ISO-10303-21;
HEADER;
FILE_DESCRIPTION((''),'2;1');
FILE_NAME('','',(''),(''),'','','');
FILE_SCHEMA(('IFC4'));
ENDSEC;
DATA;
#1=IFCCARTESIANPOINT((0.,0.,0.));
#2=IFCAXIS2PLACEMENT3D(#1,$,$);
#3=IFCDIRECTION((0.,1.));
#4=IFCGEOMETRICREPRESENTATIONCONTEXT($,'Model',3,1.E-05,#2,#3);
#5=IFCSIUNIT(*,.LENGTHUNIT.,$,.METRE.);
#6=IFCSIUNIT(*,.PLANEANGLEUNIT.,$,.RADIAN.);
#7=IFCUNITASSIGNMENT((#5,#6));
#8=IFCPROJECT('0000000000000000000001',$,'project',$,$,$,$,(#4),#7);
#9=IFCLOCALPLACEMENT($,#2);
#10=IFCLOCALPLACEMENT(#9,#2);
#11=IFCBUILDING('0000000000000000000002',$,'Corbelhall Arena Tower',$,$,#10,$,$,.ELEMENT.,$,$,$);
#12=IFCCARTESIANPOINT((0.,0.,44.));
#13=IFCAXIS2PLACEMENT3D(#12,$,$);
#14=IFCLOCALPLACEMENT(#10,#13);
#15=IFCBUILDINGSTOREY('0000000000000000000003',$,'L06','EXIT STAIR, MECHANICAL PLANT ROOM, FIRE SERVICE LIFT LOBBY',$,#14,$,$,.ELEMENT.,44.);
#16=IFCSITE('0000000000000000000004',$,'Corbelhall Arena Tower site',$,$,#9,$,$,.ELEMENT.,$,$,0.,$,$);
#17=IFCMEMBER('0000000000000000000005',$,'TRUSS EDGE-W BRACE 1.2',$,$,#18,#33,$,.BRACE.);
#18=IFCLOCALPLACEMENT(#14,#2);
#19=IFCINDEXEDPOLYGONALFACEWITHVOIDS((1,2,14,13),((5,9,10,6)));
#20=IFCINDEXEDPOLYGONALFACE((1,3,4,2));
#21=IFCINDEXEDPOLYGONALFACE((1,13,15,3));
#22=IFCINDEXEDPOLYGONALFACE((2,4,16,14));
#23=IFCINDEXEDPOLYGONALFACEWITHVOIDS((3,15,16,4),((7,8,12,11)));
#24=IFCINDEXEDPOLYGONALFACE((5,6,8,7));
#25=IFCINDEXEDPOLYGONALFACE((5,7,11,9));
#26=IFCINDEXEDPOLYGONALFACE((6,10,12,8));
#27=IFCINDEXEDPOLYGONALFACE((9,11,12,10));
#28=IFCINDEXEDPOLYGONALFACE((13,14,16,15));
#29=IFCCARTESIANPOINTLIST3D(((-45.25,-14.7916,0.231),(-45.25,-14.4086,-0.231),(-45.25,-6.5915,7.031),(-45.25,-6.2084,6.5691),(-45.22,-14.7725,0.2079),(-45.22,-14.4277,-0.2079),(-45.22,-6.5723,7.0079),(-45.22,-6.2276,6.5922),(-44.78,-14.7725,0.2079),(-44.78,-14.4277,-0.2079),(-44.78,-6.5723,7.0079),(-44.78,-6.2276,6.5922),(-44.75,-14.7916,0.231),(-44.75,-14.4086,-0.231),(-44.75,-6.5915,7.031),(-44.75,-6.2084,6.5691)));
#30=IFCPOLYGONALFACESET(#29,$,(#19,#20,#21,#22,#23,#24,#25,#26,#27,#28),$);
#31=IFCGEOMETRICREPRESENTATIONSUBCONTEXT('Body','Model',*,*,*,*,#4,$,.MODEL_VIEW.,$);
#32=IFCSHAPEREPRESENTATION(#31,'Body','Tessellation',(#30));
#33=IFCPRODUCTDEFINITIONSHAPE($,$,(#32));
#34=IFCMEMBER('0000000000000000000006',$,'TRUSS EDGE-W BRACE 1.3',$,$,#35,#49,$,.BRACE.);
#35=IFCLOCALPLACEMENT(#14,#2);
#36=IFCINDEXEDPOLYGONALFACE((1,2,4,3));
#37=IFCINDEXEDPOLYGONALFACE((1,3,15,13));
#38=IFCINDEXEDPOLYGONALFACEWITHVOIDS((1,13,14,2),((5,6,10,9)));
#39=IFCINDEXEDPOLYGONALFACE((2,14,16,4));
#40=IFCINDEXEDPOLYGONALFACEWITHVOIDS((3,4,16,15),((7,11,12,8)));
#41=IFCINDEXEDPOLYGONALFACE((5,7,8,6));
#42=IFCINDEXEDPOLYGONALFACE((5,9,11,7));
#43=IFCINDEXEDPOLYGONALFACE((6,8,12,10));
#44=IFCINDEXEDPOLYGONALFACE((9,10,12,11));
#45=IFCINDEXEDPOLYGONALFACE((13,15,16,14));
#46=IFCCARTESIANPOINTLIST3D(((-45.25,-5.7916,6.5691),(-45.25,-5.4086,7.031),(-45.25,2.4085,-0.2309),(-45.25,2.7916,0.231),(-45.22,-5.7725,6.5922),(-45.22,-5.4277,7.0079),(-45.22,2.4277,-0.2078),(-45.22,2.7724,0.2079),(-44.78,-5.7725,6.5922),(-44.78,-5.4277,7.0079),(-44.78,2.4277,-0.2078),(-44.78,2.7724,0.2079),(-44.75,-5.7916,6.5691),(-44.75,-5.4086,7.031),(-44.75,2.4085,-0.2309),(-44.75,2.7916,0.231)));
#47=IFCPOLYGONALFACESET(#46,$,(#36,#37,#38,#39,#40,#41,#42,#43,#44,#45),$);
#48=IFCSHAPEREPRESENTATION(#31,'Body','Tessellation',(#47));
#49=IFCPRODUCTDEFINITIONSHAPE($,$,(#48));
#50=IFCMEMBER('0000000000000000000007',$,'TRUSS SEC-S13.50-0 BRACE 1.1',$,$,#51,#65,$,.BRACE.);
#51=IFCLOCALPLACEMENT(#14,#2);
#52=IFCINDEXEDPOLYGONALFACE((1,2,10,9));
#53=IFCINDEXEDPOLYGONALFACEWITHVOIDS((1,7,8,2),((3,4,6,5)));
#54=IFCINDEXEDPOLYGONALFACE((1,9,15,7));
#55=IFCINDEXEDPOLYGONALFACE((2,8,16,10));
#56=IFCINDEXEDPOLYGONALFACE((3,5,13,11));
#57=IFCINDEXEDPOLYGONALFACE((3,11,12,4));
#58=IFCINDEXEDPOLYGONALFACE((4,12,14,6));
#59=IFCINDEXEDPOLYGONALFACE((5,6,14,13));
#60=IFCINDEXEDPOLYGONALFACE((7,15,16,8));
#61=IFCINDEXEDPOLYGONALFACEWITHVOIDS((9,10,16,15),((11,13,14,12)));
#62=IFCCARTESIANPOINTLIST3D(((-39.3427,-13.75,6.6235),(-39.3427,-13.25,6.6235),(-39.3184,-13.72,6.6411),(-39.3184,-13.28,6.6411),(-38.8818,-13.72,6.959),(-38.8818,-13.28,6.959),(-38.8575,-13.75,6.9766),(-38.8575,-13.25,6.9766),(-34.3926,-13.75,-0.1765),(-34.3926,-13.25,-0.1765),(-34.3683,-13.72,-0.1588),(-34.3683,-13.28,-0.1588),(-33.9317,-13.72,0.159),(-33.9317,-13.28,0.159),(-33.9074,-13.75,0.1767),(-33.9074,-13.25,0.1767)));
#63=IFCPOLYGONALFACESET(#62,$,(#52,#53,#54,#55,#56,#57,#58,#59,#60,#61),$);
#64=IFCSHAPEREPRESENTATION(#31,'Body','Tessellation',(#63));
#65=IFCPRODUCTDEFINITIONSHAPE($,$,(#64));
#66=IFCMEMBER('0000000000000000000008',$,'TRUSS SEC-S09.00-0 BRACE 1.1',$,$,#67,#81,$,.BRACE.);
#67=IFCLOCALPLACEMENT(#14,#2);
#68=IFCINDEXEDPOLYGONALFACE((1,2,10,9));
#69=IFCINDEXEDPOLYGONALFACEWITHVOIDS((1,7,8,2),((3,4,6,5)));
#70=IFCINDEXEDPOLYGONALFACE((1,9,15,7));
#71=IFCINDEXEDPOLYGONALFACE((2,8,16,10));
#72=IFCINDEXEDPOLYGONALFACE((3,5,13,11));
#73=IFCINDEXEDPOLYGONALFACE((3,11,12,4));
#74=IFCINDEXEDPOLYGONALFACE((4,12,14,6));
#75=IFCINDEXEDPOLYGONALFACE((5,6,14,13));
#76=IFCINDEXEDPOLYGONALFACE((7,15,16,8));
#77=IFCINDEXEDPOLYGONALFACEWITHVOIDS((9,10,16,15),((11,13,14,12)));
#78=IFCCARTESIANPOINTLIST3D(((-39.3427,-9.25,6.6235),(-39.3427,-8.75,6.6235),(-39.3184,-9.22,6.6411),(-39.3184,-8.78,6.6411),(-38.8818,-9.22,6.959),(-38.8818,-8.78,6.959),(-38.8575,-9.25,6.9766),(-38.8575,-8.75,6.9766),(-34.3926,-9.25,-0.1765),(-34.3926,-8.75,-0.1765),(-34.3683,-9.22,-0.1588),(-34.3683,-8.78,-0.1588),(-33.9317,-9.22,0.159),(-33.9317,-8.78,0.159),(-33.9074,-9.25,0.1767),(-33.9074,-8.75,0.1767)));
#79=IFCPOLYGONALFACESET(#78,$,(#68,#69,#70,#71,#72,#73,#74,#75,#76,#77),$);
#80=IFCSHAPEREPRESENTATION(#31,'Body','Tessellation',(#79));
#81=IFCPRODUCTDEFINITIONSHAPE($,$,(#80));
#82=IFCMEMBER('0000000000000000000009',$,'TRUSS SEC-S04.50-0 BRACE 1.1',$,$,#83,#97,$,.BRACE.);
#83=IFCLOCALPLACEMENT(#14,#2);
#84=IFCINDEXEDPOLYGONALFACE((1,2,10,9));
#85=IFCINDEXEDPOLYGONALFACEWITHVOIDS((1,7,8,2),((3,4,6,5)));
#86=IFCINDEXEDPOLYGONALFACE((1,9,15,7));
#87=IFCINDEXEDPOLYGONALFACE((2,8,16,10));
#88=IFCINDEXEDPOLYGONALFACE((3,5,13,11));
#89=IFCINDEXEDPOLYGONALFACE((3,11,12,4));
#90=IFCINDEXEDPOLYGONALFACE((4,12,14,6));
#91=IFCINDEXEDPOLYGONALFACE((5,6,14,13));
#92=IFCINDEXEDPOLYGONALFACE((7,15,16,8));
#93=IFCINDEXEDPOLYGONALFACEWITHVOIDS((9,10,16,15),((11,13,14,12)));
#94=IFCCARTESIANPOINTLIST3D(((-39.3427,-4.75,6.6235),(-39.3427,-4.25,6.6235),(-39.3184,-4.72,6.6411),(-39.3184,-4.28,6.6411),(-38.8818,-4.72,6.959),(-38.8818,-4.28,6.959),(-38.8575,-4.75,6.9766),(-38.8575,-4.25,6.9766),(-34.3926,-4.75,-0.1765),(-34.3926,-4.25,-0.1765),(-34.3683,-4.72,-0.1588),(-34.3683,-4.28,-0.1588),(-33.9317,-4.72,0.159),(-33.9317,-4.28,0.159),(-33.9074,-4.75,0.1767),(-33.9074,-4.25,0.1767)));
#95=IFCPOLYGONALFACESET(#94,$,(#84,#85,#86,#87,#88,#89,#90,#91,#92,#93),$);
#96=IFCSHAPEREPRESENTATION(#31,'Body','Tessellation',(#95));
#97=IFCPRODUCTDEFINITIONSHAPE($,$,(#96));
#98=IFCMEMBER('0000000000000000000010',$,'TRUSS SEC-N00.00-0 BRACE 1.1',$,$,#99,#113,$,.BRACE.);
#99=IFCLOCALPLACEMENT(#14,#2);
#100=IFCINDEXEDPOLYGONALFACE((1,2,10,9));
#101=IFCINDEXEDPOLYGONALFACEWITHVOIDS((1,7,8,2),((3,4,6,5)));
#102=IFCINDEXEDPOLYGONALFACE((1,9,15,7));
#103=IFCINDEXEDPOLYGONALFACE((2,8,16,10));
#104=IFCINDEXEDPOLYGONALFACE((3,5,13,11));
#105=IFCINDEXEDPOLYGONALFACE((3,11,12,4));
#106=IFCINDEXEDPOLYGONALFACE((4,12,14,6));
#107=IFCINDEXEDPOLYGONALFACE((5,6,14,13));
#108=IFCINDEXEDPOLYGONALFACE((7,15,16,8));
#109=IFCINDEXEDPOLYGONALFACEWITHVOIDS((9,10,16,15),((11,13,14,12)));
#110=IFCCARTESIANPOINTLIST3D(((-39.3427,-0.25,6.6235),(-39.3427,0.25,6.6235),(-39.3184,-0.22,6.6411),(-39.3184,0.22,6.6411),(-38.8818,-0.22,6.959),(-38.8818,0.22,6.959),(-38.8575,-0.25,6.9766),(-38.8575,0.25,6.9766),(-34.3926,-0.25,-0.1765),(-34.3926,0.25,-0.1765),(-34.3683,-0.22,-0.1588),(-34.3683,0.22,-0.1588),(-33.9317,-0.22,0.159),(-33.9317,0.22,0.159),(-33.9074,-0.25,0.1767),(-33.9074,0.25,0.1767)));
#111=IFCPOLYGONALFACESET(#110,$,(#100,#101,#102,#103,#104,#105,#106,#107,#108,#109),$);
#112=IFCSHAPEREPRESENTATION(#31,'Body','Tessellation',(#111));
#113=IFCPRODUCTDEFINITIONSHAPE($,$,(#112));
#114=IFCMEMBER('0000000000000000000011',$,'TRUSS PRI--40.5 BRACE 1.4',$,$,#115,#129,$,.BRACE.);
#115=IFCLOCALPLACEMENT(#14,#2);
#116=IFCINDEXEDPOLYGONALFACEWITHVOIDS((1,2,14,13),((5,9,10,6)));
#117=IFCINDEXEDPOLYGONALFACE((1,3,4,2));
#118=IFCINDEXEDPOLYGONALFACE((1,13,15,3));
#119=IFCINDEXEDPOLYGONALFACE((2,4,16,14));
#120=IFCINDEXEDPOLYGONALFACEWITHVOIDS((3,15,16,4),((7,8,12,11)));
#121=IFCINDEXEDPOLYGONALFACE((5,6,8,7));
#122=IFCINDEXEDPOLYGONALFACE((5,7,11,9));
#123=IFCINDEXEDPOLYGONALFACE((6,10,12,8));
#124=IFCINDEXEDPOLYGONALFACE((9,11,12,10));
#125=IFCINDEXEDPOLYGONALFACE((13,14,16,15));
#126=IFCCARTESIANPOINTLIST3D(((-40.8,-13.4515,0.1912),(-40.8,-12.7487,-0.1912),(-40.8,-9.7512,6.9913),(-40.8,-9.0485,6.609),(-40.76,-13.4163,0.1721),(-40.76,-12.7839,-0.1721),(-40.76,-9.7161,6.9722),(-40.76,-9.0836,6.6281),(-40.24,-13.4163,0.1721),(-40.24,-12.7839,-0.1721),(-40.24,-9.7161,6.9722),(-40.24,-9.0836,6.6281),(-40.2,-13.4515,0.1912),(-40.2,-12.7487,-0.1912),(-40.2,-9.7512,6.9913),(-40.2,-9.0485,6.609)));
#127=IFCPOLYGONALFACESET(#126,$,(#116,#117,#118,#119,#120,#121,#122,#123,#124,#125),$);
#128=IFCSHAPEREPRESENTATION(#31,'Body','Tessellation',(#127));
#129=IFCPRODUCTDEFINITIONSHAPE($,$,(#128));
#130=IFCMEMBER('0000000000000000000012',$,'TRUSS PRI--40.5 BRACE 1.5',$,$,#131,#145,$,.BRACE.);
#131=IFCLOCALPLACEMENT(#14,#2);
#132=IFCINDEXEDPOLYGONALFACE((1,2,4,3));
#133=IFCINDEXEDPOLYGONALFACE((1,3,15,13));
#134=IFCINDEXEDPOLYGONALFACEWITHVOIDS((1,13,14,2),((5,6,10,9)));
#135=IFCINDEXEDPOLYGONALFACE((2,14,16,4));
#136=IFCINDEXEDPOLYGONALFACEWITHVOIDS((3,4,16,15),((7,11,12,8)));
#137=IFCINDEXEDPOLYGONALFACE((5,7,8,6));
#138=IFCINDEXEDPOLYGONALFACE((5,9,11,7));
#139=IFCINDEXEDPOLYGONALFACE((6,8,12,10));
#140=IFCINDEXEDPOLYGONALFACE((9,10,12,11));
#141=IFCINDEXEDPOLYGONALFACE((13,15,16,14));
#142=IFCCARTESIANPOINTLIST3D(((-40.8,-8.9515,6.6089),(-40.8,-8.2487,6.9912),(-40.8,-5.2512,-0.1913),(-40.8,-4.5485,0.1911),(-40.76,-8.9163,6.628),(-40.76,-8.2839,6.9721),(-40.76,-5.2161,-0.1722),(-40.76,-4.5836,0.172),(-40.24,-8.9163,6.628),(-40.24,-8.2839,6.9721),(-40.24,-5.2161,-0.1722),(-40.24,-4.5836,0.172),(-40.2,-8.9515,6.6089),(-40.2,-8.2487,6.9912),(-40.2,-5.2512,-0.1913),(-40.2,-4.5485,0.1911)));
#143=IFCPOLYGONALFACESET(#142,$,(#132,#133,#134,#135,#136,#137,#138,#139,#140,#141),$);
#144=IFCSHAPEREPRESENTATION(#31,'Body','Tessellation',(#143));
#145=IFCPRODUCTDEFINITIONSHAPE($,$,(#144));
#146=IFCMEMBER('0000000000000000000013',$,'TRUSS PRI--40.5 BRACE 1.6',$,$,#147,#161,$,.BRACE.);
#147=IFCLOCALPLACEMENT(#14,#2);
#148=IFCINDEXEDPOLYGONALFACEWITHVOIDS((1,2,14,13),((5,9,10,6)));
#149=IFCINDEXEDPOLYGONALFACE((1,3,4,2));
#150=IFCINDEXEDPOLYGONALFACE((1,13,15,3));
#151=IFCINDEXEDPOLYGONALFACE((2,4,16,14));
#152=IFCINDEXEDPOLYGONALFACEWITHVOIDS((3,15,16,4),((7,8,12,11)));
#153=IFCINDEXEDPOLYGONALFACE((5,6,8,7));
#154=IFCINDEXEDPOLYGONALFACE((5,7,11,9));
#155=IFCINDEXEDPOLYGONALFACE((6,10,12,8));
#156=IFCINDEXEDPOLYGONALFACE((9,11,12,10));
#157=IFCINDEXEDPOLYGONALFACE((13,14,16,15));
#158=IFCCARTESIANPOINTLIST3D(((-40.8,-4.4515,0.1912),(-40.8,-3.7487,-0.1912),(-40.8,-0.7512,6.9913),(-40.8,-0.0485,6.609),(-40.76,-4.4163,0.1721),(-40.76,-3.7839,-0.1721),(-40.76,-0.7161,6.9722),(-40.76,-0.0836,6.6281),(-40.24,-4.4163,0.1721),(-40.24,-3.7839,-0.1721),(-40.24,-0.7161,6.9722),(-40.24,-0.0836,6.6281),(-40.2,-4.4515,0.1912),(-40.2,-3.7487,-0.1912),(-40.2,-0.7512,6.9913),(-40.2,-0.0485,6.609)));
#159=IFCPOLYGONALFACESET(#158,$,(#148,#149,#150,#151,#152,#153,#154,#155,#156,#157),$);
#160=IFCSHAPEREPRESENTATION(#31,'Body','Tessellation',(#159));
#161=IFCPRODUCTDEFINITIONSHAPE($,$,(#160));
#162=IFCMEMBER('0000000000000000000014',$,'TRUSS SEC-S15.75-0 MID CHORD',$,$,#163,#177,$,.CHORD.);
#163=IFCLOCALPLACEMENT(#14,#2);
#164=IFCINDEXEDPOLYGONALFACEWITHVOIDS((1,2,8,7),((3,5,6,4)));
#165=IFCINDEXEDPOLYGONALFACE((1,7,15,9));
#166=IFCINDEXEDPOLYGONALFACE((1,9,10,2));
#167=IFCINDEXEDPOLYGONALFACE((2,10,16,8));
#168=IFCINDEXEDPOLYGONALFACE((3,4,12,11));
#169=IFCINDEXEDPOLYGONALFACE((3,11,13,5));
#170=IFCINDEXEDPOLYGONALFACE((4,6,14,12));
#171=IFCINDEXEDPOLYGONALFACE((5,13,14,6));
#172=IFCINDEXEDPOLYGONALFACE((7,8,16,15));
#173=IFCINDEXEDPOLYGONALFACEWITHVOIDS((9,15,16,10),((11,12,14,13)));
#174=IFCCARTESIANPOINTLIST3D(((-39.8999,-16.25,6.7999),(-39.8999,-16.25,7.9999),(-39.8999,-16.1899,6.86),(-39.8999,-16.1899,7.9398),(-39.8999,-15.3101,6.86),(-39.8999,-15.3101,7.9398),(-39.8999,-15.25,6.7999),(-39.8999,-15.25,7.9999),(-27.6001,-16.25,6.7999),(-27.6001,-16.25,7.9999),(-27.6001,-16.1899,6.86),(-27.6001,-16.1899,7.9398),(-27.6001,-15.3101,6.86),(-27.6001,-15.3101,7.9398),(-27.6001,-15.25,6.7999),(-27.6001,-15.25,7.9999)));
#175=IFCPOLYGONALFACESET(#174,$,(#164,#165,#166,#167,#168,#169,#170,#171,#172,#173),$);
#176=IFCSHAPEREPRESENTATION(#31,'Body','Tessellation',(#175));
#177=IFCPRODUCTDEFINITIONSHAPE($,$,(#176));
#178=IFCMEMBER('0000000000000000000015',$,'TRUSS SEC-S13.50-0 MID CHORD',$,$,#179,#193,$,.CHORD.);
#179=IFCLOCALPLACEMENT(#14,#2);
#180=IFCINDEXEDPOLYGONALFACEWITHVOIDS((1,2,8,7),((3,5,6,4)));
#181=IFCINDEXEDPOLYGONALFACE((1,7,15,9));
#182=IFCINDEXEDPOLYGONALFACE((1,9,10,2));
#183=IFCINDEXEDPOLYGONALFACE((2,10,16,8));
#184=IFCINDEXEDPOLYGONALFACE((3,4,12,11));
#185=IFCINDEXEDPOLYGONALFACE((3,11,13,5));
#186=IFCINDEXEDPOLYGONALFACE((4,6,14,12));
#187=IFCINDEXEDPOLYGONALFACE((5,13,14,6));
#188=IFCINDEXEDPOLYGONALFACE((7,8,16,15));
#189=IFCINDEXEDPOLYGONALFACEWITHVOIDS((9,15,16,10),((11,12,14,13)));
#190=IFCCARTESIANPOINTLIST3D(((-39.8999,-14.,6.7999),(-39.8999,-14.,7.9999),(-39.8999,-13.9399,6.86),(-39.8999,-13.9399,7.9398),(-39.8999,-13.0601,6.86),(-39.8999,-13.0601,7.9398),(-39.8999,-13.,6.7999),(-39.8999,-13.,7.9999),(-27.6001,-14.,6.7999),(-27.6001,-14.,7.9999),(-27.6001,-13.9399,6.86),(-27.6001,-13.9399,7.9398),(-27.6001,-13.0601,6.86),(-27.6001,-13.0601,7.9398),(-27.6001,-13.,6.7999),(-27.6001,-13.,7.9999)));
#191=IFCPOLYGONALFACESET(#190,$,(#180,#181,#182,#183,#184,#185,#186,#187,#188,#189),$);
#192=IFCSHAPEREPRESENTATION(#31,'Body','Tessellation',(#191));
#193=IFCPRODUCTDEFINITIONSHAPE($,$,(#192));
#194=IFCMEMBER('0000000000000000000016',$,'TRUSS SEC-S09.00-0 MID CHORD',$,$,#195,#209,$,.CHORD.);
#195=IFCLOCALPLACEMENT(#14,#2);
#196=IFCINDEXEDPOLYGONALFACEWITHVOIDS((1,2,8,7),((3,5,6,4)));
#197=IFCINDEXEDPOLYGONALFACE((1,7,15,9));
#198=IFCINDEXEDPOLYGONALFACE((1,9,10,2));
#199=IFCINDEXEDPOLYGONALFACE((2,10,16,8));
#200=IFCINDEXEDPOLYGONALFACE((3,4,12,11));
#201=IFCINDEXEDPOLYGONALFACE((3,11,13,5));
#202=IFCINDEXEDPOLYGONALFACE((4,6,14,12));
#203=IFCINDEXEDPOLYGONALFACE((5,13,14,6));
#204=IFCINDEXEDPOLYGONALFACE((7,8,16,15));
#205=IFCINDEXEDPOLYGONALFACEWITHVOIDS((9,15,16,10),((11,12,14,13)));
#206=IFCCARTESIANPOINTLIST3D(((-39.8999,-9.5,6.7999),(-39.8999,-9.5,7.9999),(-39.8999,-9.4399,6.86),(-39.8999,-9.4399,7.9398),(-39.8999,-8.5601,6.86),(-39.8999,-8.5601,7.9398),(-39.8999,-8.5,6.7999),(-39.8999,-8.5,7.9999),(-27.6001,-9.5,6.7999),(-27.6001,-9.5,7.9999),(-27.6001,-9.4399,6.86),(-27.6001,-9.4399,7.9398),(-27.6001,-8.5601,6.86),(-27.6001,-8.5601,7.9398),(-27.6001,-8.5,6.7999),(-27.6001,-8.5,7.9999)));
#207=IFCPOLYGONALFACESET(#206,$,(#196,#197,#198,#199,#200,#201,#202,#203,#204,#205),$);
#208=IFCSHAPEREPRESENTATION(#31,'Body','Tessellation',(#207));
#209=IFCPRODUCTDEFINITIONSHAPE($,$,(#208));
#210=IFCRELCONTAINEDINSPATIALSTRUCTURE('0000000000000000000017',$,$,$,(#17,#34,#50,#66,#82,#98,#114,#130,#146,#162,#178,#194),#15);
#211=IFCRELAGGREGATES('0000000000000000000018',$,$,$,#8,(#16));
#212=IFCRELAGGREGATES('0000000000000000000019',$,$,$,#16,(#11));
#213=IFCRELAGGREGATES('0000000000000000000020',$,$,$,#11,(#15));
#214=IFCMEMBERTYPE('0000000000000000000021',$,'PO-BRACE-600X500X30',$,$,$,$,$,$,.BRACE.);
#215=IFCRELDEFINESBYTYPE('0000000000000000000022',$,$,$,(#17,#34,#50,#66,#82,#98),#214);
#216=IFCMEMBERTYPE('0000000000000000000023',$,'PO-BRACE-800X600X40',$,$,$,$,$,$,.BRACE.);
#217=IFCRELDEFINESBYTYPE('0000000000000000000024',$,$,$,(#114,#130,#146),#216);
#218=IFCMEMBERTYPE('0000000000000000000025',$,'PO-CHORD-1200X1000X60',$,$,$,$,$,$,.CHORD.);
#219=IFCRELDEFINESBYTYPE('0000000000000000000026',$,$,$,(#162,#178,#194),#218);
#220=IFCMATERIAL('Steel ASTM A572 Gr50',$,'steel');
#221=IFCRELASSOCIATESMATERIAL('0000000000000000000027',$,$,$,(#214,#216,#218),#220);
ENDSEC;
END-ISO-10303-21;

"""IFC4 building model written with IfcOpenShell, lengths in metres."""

from ifc_helpers import new_model, si_unit, direction, frame, origin, origin_2d, place, context, subcontext, project, spatial, hollow_rectangle, extrude, material, material_profile, profile_set, type_object, element, save


model = new_model("IFC4")

# Units and contexts
model_context = context("Model", 3, precision=1e-05, world=origin(), true_north=direction((0.0, 1.0)))
body_context = subcontext(model_context, "Body", "Model", "MODEL_VIEW")
ifc_project = project(units=[si_unit("LENGTHUNIT", "METRE"), si_unit("PLANEANGLEUNIT", "RADIAN")], contexts=[model_context])

# Site, building, storey
site_placement = place(None, origin())
site = spatial("IfcSite", under=ifc_project, at=site_placement, Name="Corbelhall Arena Tower site", CompositionType="ELEMENT", RefElevation=0.0)
building_placement = place(site_placement, origin())
building = spatial("IfcBuilding", under=site, at=building_placement, Name="Corbelhall Arena Tower", CompositionType="ELEMENT")
storey_placement = place(building_placement, frame((0.0, 0.0, 44.0)))
storey = spatial("IfcBuildingStorey", under=building, at=storey_placement, Name="L06", Description="EXIT STAIR, MECHANICAL PLANT ROOM, FIRE SERVICE LIFT LOBBY", CompositionType="ELEMENT", Elevation=44.0)

# Members
ifc_material_1 = material(Name="Steel ASTM A572 Gr50", Category="steel")
ifc_material_profile_1 = material_profile(ifc_material_1, hollow_rectangle(XDim=0.5, YDim=0.6001, WallThickness=0.03, at=origin_2d()))
ifc_profile_set_1 = profile_set([ifc_material_profile_1], Name="Steel ASTM A572 Gr50")
member_type_1 = type_object("IfcMemberType", Name="PO-BRACE-600X500X30", PredefinedType="BRACE", material=ifc_profile_set_1)
for number, where, z_axis, x_axis, name in (
    (1, (-45.0, -14.6001, 0.0), (0.0, 0.769763, 0.63833), (-1.0, 0.0, 0.0), "TRUSS EDGE-W BRACE 1.2"),
    (2, (-45.0, -5.6001, 6.8), (0.0, 0.769763, -0.63833), (-1.0, 0.0, 0.0), "TRUSS EDGE-W BRACE 1.3"),
):
    element("IfcMember", number, at=place(storey_placement, frame(where, z_axis=z_axis, x_axis=x_axis)), inside=storey, type_object=member_type_1, Name=name, PredefinedType="BRACE", context=body_context, shape_type="SweptSolid", body=[
        extrude(hollow_rectangle(XDim=0.5, YDim=0.6001, WallThickness=0.03, at=origin_2d()), origin(), (0.0, 0.0, 1.0), 10.6528),
    ])
for number, where, z_axis, x_axis, name in (
    (3, (-39.1001, -13.5, 6.8), (0.588538, 0.0, -0.80847), (0.0, 1.0, 0.0), "TRUSS SEC-S13.50-0 BRACE 1.1"),
    (4, (-39.1001, -9.0, 6.8), (0.588538, 0.0, -0.80847), (0.0, 1.0, 0.0), "TRUSS SEC-S09.00-0 BRACE 1.1"),
    (5, (-39.1001, -4.5, 6.8), (0.588538, 0.0, -0.80847), (0.0, 1.0, 0.0), "TRUSS SEC-S04.50-0 BRACE 1.1"),
    (6, (-39.1001, 0.0, 6.8), (0.588538, 0.0, -0.80847), (0.0, 1.0, 0.0), "TRUSS SEC-N00.00-0 BRACE 1.1"),
):
    element("IfcMember", number, at=place(storey_placement, frame(where, z_axis=z_axis, x_axis=x_axis)), inside=storey, type_object=member_type_1, Name=name, PredefinedType="BRACE", context=body_context, shape_type="SweptSolid", body=[
        extrude(hollow_rectangle(XDim=0.5, YDim=0.6001, WallThickness=0.03, at=origin_2d()), origin(), (0.0, 0.0, 1.0), 8.4109),
    ])
ifc_material_profile_2 = material_profile(ifc_material_1, hollow_rectangle(XDim=0.6001, YDim=0.8, WallThickness=0.04, at=origin_2d()))
ifc_profile_set_2 = profile_set([ifc_material_profile_2], Name="Steel ASTM A572 Gr50")
member_type_2 = type_object("IfcMemberType", Name="PO-BRACE-800X600X40", PredefinedType="BRACE", material=ifc_profile_set_2)
for number, where, z_axis, x_axis, name in (
    (7, (-40.5, -13.1001, 0.0), (0.0, 0.477964, 0.87838), (-1.0, 0.0, 0.0), "TRUSS PRI--40.5 BRACE 1.4"),
    (8, (-40.5, -8.6001, 6.8), (0.0, 0.477964, -0.87838), (-1.0, 0.0, 0.0), "TRUSS PRI--40.5 BRACE 1.5"),
    (9, (-40.5, -4.1001, 0.0), (0.0, 0.477964, 0.87838), (-1.0, 0.0, 0.0), "TRUSS PRI--40.5 BRACE 1.6"),
):
    element("IfcMember", number, at=place(storey_placement, frame(where, z_axis=z_axis, x_axis=x_axis)), inside=storey, type_object=member_type_2, Name=name, PredefinedType="BRACE", context=body_context, shape_type="SweptSolid", body=[
        extrude(hollow_rectangle(XDim=0.6001, YDim=0.8, WallThickness=0.04, at=origin_2d()), origin(), (0.0, 0.0, 1.0), 7.7417),
    ])
ifc_material_profile_3 = material_profile(ifc_material_1, hollow_rectangle(XDim=1.0, YDim=1.2, WallThickness=0.0601, at=origin_2d()))
ifc_profile_set_3 = profile_set([ifc_material_profile_3], Name="Steel ASTM A572 Gr50")
member_type_3 = type_object("IfcMemberType", Name="PO-CHORD-1200X1000X60", PredefinedType="CHORD", material=ifc_profile_set_3)
for number, where, z_axis, x_axis, name in (
    (10, (-39.8999, -15.75, 7.3999), (1.0, 0.0, 0.0), (0.0, 1.0, 0.0), "TRUSS SEC-S15.75-0 MID CHORD"),
    (11, (-39.8999, -13.5, 7.3999), (1.0, 0.0, 0.0), (0.0, 1.0, 0.0), "TRUSS SEC-S13.50-0 MID CHORD"),
    (12, (-39.8999, -9.0, 7.3999), (1.0, 0.0, 0.0), (0.0, 1.0, 0.0), "TRUSS SEC-S09.00-0 MID CHORD"),
):
    element("IfcMember", number, at=place(storey_placement, frame(where, z_axis=z_axis, x_axis=x_axis)), inside=storey, type_object=member_type_3, Name=name, PredefinedType="CHORD", context=body_context, shape_type="SweptSolid", body=[
        extrude(hollow_rectangle(XDim=1.0, YDim=1.2, WallThickness=0.0601, at=origin_2d()), origin(), (0.0, 0.0, 1.0), 12.2998),
    ])

save(model, "model.ifc")
